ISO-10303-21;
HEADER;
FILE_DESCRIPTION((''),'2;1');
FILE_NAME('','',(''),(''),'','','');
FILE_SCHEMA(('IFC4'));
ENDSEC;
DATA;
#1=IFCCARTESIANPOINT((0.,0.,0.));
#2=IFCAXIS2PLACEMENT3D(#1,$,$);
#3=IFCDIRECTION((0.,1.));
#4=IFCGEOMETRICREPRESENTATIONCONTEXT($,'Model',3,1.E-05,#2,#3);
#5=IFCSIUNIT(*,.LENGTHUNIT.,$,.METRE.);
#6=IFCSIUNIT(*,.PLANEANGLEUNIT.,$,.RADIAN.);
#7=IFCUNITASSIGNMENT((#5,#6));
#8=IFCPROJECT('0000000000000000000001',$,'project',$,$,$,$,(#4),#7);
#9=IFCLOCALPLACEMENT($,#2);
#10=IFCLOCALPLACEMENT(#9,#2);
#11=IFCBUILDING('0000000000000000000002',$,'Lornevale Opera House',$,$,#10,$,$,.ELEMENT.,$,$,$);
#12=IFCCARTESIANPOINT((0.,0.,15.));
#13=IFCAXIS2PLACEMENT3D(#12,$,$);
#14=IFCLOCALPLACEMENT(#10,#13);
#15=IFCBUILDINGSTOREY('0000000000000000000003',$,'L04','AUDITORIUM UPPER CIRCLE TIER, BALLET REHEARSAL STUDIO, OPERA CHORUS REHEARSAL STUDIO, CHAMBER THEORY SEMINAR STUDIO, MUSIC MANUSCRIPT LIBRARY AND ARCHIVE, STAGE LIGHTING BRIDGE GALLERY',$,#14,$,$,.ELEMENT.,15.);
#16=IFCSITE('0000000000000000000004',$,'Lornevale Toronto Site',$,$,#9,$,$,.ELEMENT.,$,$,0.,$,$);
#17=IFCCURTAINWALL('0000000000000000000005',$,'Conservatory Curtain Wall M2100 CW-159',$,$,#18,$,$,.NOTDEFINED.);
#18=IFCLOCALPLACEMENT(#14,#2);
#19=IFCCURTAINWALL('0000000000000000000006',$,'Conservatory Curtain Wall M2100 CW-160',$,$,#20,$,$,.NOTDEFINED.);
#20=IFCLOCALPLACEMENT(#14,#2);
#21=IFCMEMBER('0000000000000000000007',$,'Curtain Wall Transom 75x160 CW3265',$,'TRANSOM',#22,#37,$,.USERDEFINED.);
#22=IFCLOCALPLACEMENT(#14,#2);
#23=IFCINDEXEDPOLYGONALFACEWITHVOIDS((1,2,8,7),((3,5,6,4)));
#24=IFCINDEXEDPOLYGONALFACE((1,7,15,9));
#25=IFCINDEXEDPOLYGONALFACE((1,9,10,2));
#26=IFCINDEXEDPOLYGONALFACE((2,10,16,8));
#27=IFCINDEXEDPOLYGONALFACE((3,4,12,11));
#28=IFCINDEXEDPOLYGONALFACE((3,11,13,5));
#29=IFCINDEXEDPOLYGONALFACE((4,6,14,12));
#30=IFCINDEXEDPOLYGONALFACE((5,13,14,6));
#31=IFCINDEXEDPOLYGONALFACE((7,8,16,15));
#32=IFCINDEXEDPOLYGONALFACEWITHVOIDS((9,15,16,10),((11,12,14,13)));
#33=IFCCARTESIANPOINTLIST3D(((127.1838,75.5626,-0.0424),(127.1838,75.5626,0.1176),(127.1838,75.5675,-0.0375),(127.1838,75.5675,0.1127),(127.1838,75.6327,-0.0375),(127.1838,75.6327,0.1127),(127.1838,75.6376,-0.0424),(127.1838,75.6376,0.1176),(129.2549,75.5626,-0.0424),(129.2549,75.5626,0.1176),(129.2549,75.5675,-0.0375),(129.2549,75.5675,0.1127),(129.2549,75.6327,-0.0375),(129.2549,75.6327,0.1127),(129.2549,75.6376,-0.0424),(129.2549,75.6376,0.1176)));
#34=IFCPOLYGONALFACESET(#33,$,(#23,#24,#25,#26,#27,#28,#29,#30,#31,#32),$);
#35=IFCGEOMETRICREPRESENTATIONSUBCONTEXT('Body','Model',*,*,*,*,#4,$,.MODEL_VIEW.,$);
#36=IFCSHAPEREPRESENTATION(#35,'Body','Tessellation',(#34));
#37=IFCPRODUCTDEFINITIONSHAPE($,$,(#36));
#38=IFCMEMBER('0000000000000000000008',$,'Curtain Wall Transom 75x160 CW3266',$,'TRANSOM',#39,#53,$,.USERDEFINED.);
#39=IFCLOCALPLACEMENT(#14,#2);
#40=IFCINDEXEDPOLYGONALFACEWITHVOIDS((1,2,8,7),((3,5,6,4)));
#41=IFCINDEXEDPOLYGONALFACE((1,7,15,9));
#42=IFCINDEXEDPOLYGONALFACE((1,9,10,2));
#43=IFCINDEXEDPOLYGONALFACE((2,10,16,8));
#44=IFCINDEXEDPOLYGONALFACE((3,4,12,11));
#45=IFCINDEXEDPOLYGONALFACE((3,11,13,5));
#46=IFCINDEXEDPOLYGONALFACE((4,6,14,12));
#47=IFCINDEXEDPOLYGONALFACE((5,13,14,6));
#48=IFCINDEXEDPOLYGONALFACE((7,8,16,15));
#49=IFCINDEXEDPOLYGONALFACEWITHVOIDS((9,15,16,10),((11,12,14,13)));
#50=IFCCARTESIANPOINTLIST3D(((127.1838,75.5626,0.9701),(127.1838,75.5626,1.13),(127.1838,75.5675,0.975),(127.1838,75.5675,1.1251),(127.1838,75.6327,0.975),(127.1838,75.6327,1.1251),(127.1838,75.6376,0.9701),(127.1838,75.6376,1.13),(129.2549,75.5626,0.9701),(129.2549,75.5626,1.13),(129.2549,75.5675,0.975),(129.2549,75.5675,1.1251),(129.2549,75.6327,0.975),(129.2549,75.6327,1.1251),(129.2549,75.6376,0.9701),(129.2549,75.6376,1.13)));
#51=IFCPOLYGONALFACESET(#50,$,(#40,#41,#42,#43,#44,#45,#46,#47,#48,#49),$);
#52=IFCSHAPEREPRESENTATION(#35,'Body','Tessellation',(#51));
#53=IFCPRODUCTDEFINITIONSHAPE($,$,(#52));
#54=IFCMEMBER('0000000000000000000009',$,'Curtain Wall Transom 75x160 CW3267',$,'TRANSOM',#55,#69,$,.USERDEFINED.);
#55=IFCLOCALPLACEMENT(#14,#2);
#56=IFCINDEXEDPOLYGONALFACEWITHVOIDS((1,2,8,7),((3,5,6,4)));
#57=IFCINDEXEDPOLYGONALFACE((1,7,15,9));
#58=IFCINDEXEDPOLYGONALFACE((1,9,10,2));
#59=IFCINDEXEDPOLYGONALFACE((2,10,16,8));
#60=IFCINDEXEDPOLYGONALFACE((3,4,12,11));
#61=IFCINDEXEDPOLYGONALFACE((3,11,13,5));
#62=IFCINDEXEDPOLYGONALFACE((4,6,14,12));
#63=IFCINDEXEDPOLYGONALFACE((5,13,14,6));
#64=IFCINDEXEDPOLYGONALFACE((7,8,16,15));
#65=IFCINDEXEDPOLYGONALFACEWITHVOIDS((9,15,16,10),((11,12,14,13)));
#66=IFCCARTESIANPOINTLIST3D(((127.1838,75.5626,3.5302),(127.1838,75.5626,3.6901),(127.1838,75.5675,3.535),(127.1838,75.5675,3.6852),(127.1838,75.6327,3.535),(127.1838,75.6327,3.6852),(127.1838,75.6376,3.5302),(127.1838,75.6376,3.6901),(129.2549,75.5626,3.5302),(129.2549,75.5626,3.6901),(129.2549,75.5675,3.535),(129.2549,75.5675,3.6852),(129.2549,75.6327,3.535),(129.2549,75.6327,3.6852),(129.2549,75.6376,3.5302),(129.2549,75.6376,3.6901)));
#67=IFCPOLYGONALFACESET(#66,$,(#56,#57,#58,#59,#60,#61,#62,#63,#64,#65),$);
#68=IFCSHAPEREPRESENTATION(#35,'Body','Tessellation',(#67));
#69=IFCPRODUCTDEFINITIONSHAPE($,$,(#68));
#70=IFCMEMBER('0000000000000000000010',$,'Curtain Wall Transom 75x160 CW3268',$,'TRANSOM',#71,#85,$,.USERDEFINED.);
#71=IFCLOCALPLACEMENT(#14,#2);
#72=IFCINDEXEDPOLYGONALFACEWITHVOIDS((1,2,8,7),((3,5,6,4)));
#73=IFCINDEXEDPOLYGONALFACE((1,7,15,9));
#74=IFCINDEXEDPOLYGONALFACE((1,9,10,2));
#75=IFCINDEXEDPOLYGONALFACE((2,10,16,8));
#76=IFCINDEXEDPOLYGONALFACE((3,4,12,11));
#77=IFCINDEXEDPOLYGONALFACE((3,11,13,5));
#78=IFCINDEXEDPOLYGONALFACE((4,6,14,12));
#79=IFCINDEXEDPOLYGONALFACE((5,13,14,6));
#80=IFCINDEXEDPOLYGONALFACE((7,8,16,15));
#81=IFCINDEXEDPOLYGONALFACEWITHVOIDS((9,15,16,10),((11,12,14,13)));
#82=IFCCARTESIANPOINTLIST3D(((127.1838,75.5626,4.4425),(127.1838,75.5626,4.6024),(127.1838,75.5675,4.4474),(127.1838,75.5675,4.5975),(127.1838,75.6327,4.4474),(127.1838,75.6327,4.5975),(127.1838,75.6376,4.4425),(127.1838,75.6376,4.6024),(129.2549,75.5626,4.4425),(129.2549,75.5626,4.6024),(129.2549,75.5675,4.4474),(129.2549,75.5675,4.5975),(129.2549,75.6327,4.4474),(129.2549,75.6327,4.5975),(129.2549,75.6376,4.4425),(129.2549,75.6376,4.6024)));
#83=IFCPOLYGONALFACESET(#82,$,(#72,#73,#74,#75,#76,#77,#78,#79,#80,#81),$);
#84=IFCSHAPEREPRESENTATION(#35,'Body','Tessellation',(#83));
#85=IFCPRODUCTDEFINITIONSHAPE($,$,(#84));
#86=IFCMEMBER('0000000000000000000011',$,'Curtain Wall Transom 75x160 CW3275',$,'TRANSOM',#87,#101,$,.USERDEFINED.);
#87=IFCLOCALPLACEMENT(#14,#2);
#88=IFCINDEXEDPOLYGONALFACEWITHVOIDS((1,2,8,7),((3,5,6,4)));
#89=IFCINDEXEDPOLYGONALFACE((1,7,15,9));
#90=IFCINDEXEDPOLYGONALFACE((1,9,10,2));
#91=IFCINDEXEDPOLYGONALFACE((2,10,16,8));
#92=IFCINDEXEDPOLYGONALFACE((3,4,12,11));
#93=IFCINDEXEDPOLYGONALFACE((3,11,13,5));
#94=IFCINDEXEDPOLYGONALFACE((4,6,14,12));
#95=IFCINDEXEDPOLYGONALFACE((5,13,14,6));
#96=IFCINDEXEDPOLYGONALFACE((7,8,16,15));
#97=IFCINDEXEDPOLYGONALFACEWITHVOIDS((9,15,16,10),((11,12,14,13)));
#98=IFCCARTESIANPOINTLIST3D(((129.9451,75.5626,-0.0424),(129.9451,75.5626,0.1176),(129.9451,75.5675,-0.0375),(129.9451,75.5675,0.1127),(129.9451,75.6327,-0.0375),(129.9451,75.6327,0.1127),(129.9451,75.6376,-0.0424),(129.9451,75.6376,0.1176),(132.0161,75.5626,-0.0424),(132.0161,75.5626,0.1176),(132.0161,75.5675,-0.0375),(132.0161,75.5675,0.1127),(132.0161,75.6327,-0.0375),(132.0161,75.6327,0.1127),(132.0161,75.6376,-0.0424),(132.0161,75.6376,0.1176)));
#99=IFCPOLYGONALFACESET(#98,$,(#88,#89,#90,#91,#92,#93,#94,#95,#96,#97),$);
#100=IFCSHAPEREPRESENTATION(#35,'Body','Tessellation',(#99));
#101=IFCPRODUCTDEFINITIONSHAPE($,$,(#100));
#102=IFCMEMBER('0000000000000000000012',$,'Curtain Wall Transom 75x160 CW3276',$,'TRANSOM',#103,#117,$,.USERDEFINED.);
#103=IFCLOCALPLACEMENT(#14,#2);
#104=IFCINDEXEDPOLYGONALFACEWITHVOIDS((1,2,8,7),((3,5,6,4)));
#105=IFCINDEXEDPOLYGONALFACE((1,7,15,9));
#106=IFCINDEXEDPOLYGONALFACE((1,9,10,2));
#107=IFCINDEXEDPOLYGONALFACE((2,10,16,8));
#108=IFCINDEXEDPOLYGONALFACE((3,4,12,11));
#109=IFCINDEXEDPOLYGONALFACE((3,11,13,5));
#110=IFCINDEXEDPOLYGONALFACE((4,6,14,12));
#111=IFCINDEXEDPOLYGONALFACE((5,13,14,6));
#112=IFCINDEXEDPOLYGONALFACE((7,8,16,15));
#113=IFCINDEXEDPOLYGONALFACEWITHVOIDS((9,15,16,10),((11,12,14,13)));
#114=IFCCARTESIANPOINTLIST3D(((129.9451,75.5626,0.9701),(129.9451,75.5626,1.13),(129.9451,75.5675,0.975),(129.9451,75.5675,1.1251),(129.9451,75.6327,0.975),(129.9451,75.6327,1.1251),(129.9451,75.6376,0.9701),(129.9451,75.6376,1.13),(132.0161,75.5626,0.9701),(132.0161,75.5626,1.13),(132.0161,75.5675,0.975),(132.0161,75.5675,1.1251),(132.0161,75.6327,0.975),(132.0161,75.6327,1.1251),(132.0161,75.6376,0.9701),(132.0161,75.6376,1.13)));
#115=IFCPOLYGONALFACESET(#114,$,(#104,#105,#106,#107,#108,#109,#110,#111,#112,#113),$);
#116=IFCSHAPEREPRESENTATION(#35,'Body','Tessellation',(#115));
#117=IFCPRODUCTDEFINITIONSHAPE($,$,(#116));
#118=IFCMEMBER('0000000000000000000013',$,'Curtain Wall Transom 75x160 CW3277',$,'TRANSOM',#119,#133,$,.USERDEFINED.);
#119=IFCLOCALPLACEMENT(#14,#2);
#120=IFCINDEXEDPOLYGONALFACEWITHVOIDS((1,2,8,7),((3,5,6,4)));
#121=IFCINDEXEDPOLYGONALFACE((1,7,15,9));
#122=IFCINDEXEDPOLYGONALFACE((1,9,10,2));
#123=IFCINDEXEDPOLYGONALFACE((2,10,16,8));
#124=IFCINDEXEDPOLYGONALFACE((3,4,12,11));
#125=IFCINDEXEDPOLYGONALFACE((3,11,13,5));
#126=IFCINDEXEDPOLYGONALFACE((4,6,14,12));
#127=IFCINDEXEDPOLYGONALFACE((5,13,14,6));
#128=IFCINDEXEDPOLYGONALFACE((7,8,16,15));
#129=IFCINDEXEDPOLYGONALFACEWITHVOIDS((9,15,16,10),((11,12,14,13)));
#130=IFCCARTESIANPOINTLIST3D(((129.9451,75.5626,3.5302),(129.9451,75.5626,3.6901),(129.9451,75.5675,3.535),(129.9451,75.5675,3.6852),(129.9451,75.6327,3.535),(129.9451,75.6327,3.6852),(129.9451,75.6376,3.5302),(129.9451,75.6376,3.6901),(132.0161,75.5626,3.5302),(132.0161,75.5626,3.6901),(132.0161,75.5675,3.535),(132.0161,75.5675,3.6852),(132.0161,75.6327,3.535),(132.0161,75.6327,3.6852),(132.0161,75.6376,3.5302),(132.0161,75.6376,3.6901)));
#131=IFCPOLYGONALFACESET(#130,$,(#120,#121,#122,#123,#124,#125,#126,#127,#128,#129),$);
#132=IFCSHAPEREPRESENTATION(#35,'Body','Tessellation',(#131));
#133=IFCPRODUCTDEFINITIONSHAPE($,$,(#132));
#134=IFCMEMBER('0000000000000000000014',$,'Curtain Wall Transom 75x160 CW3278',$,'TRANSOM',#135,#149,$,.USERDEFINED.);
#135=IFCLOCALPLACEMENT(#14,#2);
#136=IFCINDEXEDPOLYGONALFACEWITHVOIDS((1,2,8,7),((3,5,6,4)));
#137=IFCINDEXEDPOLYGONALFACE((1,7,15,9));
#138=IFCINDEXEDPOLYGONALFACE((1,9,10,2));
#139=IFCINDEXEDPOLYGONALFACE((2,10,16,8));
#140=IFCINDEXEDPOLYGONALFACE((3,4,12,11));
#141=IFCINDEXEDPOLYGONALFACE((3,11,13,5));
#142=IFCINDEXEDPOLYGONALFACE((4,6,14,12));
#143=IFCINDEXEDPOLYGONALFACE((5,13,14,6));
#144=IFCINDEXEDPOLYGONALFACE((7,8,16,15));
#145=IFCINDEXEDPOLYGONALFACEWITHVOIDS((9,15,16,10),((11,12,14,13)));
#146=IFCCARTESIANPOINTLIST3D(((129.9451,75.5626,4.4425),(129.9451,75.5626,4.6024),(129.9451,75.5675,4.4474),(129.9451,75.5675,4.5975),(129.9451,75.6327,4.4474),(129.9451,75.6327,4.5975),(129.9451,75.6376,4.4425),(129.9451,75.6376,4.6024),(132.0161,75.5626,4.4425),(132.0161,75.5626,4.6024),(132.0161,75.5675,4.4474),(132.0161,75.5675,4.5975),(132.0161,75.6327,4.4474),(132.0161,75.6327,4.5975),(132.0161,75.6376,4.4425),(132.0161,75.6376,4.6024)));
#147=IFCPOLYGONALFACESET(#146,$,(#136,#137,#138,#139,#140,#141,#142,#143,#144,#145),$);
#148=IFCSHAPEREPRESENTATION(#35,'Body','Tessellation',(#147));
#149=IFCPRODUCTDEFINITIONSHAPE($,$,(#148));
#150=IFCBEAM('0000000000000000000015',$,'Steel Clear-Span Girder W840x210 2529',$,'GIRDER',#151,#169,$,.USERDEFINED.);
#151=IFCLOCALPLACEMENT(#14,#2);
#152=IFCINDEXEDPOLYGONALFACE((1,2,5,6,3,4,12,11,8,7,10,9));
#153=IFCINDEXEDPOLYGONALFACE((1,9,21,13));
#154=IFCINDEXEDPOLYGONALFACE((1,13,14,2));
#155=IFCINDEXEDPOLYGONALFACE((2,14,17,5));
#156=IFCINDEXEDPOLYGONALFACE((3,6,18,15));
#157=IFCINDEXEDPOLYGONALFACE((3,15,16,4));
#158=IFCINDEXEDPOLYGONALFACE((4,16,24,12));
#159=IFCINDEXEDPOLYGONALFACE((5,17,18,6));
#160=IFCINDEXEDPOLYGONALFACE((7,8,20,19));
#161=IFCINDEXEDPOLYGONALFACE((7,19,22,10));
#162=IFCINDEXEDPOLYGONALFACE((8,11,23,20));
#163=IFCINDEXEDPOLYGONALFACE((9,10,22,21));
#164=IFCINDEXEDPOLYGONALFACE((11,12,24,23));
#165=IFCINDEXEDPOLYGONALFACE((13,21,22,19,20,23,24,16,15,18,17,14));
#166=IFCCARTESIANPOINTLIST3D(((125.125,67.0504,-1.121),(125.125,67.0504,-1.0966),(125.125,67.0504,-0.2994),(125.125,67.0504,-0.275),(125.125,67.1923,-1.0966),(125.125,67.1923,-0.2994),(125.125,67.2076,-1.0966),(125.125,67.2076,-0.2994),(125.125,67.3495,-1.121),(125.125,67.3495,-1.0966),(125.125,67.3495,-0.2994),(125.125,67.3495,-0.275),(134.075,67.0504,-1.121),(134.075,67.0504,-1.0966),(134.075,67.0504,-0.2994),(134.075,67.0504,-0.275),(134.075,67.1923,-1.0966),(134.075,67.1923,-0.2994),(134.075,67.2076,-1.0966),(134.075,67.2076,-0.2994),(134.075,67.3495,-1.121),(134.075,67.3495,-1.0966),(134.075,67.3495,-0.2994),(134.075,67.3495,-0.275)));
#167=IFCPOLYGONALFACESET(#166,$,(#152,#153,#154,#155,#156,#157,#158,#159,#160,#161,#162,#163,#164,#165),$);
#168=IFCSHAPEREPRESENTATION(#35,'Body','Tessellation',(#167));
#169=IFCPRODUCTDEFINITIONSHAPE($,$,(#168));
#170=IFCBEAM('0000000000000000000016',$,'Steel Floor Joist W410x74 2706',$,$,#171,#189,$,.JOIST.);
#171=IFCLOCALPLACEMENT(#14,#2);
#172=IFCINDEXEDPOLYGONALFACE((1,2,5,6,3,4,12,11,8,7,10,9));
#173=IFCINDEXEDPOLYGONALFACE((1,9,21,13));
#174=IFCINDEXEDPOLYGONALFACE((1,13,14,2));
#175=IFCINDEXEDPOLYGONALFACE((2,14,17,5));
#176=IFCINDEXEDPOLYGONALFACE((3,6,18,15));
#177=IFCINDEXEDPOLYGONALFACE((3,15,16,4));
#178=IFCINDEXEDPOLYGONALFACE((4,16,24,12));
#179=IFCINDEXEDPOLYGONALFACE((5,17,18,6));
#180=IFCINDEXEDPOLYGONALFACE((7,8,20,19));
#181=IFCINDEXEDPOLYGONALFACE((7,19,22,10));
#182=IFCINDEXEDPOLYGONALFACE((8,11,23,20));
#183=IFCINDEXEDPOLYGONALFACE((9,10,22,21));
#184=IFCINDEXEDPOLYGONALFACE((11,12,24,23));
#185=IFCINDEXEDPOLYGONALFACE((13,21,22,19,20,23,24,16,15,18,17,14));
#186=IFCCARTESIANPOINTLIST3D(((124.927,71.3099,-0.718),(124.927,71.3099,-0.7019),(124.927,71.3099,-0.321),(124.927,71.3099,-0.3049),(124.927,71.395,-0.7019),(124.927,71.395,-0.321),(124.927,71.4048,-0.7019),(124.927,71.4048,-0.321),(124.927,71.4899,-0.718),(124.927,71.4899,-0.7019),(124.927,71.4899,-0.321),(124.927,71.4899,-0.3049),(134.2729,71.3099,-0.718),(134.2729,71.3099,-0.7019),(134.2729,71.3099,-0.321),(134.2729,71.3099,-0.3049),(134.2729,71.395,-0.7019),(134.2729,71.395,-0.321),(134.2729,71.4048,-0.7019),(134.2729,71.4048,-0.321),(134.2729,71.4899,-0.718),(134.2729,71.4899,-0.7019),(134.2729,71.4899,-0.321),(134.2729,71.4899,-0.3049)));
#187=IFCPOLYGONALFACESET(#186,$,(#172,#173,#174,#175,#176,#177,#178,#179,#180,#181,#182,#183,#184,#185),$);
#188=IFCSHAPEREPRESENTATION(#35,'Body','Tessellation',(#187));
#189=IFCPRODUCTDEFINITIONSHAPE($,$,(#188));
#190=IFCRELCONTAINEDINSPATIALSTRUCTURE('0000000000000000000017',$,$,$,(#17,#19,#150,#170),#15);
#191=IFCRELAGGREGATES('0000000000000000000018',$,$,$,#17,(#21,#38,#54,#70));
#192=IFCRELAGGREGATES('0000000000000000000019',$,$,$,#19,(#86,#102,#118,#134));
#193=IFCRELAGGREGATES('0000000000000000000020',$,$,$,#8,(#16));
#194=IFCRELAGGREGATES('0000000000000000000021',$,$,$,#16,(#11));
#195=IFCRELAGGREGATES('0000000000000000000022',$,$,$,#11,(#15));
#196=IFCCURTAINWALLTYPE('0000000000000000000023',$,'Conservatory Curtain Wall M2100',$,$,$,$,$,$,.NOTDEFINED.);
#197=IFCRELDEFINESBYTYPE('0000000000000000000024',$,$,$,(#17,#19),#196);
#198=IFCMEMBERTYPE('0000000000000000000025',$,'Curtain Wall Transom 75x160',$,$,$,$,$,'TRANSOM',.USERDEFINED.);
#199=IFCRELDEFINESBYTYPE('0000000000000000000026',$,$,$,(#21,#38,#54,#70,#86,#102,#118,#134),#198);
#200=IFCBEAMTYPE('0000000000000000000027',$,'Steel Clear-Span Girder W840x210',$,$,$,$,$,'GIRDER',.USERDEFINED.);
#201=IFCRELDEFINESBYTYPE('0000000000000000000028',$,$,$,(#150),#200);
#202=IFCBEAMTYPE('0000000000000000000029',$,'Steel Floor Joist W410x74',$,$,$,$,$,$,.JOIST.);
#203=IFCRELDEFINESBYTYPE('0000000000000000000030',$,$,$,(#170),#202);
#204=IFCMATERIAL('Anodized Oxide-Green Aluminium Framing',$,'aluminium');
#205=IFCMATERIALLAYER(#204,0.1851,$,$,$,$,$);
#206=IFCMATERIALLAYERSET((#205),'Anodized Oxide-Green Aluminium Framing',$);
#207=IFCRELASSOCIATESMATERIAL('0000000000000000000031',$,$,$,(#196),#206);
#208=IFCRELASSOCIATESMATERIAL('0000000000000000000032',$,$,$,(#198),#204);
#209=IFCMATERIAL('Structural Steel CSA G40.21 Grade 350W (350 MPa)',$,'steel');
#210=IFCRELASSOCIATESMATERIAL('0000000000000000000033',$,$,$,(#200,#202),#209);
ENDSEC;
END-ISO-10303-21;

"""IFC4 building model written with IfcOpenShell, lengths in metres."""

from ifc_helpers import new_model, si_unit, direction, frame, origin, origin_2d, place, context, subcontext, project, spatial, hollow_rectangle, i_section, extrude, material, layer, layer_set, material_profile, profile_set, type_object, element, aggregate, save


model = new_model("IFC4")

# Units and contexts
model_context = context("Model", 3, precision=1e-05, world=origin(), true_north=direction((0.0, 1.0)))
body_context = subcontext(model_context, "Body", "Model", "MODEL_VIEW")
ifc_project = project(units=[si_unit("LENGTHUNIT", "METRE"), si_unit("PLANEANGLEUNIT", "RADIAN")], contexts=[model_context])

# Site, building, storey
site_placement = place(None, origin())
site = spatial("IfcSite", under=ifc_project, at=site_placement, Name="Lornevale Toronto Site", CompositionType="ELEMENT", RefElevation=0.0)
building_placement = place(site_placement, origin())
building = spatial("IfcBuilding", under=site, at=building_placement, Name="Lornevale Opera House", CompositionType="ELEMENT")
storey_placement = place(building_placement, frame((0.0, 0.0, 15.0)))
storey = spatial("IfcBuildingStorey", under=building, at=storey_placement, Name="L04", Description="AUDITORIUM UPPER CIRCLE TIER, BALLET REHEARSAL STUDIO, OPERA CHORUS REHEARSAL STUDIO, CHAMBER THEORY SEMINAR STUDIO, MUSIC MANUSCRIPT LIBRARY AND ARCHIVE, STAGE LIGHTING BRIDGE GALLERY", CompositionType="ELEMENT", Elevation=15.0)

# Shared definitions
ifc_material_1 = material(Name="Structural Steel CSA G40.21 Grade 350W (350 MPa)", Category="steel")

# Curtain wall
ifc_material_2 = material(Name="Anodized Oxide-Green Aluminium Framing", Category="aluminium")
ifc_layer_1 = layer(ifc_material_2, 0.1851)
ifc_layer_set_1 = layer_set([ifc_layer_1], Name="Anodized Oxide-Green Aluminium Framing")
curtain_wall_type = type_object("IfcCurtainWallType", Name="Conservatory Curtain Wall M2100", PredefinedType="NOTDEFINED", material=ifc_layer_set_1)
curtain_wall_1_placement = place(storey_placement, origin())
curtain_wall_1 = element("IfcCurtainWall", 1, at=curtain_wall_1_placement, inside=storey, type_object=curtain_wall_type, Name="Conservatory Curtain Wall M2100 CW-159", PredefinedType="NOTDEFINED")

# Curtain wall
curtain_wall_2_placement = place(storey_placement, origin())
curtain_wall_2 = element("IfcCurtainWall", 2, at=curtain_wall_2_placement, inside=storey, type_object=curtain_wall_type, Name="Conservatory Curtain Wall M2100 CW-160", PredefinedType="NOTDEFINED")

# Members
ifc_material_profile_1 = material_profile(ifc_material_2, hollow_rectangle(XDim=0.075, YDim=0.1599, WallThickness=0.0049, at=origin_2d()), Name="ALU75x160x5")
ifc_profile_set_1 = profile_set([ifc_material_profile_1], Name="Anodized Oxide-Green Aluminium Framing")
member_type_1 = type_object("IfcMemberType", Name="Curtain Wall Transom 75x160", ElementType="TRANSOM", PredefinedType="USERDEFINED", material=ifc_profile_set_1)
member_1_placement = place(storey_placement, frame((127.1838, 75.6001, 0.0376), z_axis=(1.0, 0.0, 0.0), x_axis=(0.0, 1.0, 0.0)))
member_1 = element("IfcMember", 3, at=member_1_placement, type_object=member_type_1, Name="Curtain Wall Transom 75x160 CW3265", ObjectType="TRANSOM", PredefinedType="USERDEFINED", context=body_context, shape_type="SweptSolid", body=[
    extrude(hollow_rectangle(XDim=0.075, YDim=0.1599, WallThickness=0.0049, at=origin_2d()), origin(), (0.0, 0.0, 1.0), 2.071),
])
member_2_placement = place(storey_placement, frame((127.1838, 75.6001, 1.05), z_axis=(1.0, 0.0, 0.0), x_axis=(0.0, 1.0, 0.0)))
member_2 = element("IfcMember", 4, at=member_2_placement, type_object=member_type_1, Name="Curtain Wall Transom 75x160 CW3266", ObjectType="TRANSOM", PredefinedType="USERDEFINED", context=body_context, shape_type="SweptSolid", body=[
    extrude(hollow_rectangle(XDim=0.075, YDim=0.1599, WallThickness=0.0049, at=origin_2d()), origin(), (0.0, 0.0, 1.0), 2.071),
])
member_3_placement = place(storey_placement, frame((127.1838, 75.6001, 3.6101), z_axis=(1.0, 0.0, 0.0), x_axis=(0.0, 1.0, 0.0)))
member_3 = element("IfcMember", 5, at=member_3_placement, type_object=member_type_1, Name="Curtain Wall Transom 75x160 CW3267", ObjectType="TRANSOM", PredefinedType="USERDEFINED", context=body_context, shape_type="SweptSolid", body=[
    extrude(hollow_rectangle(XDim=0.075, YDim=0.1599, WallThickness=0.0049, at=origin_2d()), origin(), (0.0, 0.0, 1.0), 2.071),
])
member_4_placement = place(storey_placement, frame((127.1838, 75.6001, 4.5225), z_axis=(1.0, 0.0, 0.0), x_axis=(0.0, 1.0, 0.0)))
member_4 = element("IfcMember", 6, at=member_4_placement, type_object=member_type_1, Name="Curtain Wall Transom 75x160 CW3268", ObjectType="TRANSOM", PredefinedType="USERDEFINED", context=body_context, shape_type="SweptSolid", body=[
    extrude(hollow_rectangle(XDim=0.075, YDim=0.1599, WallThickness=0.0049, at=origin_2d()), origin(), (0.0, 0.0, 1.0), 2.071),
])
member_5_placement = place(storey_placement, frame((129.9451, 75.6001, 0.0376), z_axis=(1.0, 0.0, 0.0), x_axis=(0.0, 1.0, 0.0)))
member_5 = element("IfcMember", 7, at=member_5_placement, type_object=member_type_1, Name="Curtain Wall Transom 75x160 CW3275", ObjectType="TRANSOM", PredefinedType="USERDEFINED", context=body_context, shape_type="SweptSolid", body=[
    extrude(hollow_rectangle(XDim=0.075, YDim=0.1599, WallThickness=0.0049, at=origin_2d()), origin(), (0.0, 0.0, 1.0), 2.071),
])
member_6_placement = place(storey_placement, frame((129.9451, 75.6001, 1.05), z_axis=(1.0, 0.0, 0.0), x_axis=(0.0, 1.0, 0.0)))
member_6 = element("IfcMember", 8, at=member_6_placement, type_object=member_type_1, Name="Curtain Wall Transom 75x160 CW3276", ObjectType="TRANSOM", PredefinedType="USERDEFINED", context=body_context, shape_type="SweptSolid", body=[
    extrude(hollow_rectangle(XDim=0.075, YDim=0.1599, WallThickness=0.0049, at=origin_2d()), origin(), (0.0, 0.0, 1.0), 2.071),
])
member_7_placement = place(storey_placement, frame((129.9451, 75.6001, 3.6101), z_axis=(1.0, 0.0, 0.0), x_axis=(0.0, 1.0, 0.0)))
member_7 = element("IfcMember", 9, at=member_7_placement, type_object=member_type_1, Name="Curtain Wall Transom 75x160 CW3277", ObjectType="TRANSOM", PredefinedType="USERDEFINED", context=body_context, shape_type="SweptSolid", body=[
    extrude(hollow_rectangle(XDim=0.075, YDim=0.1599, WallThickness=0.0049, at=origin_2d()), origin(), (0.0, 0.0, 1.0), 2.071),
])
member_8_placement = place(storey_placement, frame((129.9451, 75.6001, 4.5225), z_axis=(1.0, 0.0, 0.0), x_axis=(0.0, 1.0, 0.0)))
member_8 = element("IfcMember", 10, at=member_8_placement, type_object=member_type_1, Name="Curtain Wall Transom 75x160 CW3278", ObjectType="TRANSOM", PredefinedType="USERDEFINED", context=body_context, shape_type="SweptSolid", body=[
    extrude(hollow_rectangle(XDim=0.075, YDim=0.1599, WallThickness=0.0049, at=origin_2d()), origin(), (0.0, 0.0, 1.0), 2.071),
])

# Beams
ifc_material_profile_2 = material_profile(ifc_material_1, i_section(OverallWidth=0.2991, OverallDepth=0.8459, WebThickness=0.0154, FlangeThickness=0.0244, at=origin_2d()), Name="W840x210")
ifc_profile_set_2 = profile_set([ifc_material_profile_2], Name="Structural Steel CSA G40.21 Grade 350W (350 MPa)")
beam_type_1 = type_object("IfcBeamType", Name="Steel Clear-Span Girder W840x210", ElementType="GIRDER", PredefinedType="USERDEFINED", material=ifc_profile_set_2)
beam_1_placement = place(storey_placement, frame((125.125, 67.2, -0.698), z_axis=(1.0, 0.0, 0.0), x_axis=(0.0, 1.0, 0.0)))
element("IfcBeam", 11, at=beam_1_placement, inside=storey, type_object=beam_type_1, Name="Steel Clear-Span Girder W840x210 2529", ObjectType="GIRDER", PredefinedType="USERDEFINED", context=body_context, shape_type="SweptSolid", body=[
    extrude(i_section(OverallWidth=0.2991, OverallDepth=0.8459, WebThickness=0.0154, FlangeThickness=0.0244, at=origin_2d()), origin(), (0.0, 0.0, 1.0), 8.95),
])
ifc_material_profile_3 = material_profile(ifc_material_1, i_section(OverallWidth=0.1799, OverallDepth=0.4131, WebThickness=0.0098, FlangeThickness=0.0161, at=origin_2d()), Name="W410x74")
ifc_profile_set_3 = profile_set([ifc_material_profile_3], Name="Structural Steel CSA G40.21 Grade 350W (350 MPa)")
beam_type_2 = type_object("IfcBeamType", Name="Steel Floor Joist W410x74", PredefinedType="JOIST", material=ifc_profile_set_3)
beam_2_placement = place(storey_placement, frame((124.927, 71.3999, -0.5115), z_axis=(1.0, 0.0, 0.0), x_axis=(0.0, 1.0, 0.0)))
element("IfcBeam", 12, at=beam_2_placement, inside=storey, type_object=beam_type_2, Name="Steel Floor Joist W410x74 2706", PredefinedType="JOIST", context=body_context, shape_type="SweptSolid", body=[
    extrude(i_section(OverallWidth=0.1799, OverallDepth=0.4131, WebThickness=0.0098, FlangeThickness=0.0161, at=origin_2d()), origin(), (0.0, 0.0, 1.0), 9.3459),
])

aggregate(curtain_wall_1, [member_1, member_2, member_3, member_4])
aggregate(curtain_wall_2, [member_5, member_6, member_7, member_8])

save(model, "model.ifc")
